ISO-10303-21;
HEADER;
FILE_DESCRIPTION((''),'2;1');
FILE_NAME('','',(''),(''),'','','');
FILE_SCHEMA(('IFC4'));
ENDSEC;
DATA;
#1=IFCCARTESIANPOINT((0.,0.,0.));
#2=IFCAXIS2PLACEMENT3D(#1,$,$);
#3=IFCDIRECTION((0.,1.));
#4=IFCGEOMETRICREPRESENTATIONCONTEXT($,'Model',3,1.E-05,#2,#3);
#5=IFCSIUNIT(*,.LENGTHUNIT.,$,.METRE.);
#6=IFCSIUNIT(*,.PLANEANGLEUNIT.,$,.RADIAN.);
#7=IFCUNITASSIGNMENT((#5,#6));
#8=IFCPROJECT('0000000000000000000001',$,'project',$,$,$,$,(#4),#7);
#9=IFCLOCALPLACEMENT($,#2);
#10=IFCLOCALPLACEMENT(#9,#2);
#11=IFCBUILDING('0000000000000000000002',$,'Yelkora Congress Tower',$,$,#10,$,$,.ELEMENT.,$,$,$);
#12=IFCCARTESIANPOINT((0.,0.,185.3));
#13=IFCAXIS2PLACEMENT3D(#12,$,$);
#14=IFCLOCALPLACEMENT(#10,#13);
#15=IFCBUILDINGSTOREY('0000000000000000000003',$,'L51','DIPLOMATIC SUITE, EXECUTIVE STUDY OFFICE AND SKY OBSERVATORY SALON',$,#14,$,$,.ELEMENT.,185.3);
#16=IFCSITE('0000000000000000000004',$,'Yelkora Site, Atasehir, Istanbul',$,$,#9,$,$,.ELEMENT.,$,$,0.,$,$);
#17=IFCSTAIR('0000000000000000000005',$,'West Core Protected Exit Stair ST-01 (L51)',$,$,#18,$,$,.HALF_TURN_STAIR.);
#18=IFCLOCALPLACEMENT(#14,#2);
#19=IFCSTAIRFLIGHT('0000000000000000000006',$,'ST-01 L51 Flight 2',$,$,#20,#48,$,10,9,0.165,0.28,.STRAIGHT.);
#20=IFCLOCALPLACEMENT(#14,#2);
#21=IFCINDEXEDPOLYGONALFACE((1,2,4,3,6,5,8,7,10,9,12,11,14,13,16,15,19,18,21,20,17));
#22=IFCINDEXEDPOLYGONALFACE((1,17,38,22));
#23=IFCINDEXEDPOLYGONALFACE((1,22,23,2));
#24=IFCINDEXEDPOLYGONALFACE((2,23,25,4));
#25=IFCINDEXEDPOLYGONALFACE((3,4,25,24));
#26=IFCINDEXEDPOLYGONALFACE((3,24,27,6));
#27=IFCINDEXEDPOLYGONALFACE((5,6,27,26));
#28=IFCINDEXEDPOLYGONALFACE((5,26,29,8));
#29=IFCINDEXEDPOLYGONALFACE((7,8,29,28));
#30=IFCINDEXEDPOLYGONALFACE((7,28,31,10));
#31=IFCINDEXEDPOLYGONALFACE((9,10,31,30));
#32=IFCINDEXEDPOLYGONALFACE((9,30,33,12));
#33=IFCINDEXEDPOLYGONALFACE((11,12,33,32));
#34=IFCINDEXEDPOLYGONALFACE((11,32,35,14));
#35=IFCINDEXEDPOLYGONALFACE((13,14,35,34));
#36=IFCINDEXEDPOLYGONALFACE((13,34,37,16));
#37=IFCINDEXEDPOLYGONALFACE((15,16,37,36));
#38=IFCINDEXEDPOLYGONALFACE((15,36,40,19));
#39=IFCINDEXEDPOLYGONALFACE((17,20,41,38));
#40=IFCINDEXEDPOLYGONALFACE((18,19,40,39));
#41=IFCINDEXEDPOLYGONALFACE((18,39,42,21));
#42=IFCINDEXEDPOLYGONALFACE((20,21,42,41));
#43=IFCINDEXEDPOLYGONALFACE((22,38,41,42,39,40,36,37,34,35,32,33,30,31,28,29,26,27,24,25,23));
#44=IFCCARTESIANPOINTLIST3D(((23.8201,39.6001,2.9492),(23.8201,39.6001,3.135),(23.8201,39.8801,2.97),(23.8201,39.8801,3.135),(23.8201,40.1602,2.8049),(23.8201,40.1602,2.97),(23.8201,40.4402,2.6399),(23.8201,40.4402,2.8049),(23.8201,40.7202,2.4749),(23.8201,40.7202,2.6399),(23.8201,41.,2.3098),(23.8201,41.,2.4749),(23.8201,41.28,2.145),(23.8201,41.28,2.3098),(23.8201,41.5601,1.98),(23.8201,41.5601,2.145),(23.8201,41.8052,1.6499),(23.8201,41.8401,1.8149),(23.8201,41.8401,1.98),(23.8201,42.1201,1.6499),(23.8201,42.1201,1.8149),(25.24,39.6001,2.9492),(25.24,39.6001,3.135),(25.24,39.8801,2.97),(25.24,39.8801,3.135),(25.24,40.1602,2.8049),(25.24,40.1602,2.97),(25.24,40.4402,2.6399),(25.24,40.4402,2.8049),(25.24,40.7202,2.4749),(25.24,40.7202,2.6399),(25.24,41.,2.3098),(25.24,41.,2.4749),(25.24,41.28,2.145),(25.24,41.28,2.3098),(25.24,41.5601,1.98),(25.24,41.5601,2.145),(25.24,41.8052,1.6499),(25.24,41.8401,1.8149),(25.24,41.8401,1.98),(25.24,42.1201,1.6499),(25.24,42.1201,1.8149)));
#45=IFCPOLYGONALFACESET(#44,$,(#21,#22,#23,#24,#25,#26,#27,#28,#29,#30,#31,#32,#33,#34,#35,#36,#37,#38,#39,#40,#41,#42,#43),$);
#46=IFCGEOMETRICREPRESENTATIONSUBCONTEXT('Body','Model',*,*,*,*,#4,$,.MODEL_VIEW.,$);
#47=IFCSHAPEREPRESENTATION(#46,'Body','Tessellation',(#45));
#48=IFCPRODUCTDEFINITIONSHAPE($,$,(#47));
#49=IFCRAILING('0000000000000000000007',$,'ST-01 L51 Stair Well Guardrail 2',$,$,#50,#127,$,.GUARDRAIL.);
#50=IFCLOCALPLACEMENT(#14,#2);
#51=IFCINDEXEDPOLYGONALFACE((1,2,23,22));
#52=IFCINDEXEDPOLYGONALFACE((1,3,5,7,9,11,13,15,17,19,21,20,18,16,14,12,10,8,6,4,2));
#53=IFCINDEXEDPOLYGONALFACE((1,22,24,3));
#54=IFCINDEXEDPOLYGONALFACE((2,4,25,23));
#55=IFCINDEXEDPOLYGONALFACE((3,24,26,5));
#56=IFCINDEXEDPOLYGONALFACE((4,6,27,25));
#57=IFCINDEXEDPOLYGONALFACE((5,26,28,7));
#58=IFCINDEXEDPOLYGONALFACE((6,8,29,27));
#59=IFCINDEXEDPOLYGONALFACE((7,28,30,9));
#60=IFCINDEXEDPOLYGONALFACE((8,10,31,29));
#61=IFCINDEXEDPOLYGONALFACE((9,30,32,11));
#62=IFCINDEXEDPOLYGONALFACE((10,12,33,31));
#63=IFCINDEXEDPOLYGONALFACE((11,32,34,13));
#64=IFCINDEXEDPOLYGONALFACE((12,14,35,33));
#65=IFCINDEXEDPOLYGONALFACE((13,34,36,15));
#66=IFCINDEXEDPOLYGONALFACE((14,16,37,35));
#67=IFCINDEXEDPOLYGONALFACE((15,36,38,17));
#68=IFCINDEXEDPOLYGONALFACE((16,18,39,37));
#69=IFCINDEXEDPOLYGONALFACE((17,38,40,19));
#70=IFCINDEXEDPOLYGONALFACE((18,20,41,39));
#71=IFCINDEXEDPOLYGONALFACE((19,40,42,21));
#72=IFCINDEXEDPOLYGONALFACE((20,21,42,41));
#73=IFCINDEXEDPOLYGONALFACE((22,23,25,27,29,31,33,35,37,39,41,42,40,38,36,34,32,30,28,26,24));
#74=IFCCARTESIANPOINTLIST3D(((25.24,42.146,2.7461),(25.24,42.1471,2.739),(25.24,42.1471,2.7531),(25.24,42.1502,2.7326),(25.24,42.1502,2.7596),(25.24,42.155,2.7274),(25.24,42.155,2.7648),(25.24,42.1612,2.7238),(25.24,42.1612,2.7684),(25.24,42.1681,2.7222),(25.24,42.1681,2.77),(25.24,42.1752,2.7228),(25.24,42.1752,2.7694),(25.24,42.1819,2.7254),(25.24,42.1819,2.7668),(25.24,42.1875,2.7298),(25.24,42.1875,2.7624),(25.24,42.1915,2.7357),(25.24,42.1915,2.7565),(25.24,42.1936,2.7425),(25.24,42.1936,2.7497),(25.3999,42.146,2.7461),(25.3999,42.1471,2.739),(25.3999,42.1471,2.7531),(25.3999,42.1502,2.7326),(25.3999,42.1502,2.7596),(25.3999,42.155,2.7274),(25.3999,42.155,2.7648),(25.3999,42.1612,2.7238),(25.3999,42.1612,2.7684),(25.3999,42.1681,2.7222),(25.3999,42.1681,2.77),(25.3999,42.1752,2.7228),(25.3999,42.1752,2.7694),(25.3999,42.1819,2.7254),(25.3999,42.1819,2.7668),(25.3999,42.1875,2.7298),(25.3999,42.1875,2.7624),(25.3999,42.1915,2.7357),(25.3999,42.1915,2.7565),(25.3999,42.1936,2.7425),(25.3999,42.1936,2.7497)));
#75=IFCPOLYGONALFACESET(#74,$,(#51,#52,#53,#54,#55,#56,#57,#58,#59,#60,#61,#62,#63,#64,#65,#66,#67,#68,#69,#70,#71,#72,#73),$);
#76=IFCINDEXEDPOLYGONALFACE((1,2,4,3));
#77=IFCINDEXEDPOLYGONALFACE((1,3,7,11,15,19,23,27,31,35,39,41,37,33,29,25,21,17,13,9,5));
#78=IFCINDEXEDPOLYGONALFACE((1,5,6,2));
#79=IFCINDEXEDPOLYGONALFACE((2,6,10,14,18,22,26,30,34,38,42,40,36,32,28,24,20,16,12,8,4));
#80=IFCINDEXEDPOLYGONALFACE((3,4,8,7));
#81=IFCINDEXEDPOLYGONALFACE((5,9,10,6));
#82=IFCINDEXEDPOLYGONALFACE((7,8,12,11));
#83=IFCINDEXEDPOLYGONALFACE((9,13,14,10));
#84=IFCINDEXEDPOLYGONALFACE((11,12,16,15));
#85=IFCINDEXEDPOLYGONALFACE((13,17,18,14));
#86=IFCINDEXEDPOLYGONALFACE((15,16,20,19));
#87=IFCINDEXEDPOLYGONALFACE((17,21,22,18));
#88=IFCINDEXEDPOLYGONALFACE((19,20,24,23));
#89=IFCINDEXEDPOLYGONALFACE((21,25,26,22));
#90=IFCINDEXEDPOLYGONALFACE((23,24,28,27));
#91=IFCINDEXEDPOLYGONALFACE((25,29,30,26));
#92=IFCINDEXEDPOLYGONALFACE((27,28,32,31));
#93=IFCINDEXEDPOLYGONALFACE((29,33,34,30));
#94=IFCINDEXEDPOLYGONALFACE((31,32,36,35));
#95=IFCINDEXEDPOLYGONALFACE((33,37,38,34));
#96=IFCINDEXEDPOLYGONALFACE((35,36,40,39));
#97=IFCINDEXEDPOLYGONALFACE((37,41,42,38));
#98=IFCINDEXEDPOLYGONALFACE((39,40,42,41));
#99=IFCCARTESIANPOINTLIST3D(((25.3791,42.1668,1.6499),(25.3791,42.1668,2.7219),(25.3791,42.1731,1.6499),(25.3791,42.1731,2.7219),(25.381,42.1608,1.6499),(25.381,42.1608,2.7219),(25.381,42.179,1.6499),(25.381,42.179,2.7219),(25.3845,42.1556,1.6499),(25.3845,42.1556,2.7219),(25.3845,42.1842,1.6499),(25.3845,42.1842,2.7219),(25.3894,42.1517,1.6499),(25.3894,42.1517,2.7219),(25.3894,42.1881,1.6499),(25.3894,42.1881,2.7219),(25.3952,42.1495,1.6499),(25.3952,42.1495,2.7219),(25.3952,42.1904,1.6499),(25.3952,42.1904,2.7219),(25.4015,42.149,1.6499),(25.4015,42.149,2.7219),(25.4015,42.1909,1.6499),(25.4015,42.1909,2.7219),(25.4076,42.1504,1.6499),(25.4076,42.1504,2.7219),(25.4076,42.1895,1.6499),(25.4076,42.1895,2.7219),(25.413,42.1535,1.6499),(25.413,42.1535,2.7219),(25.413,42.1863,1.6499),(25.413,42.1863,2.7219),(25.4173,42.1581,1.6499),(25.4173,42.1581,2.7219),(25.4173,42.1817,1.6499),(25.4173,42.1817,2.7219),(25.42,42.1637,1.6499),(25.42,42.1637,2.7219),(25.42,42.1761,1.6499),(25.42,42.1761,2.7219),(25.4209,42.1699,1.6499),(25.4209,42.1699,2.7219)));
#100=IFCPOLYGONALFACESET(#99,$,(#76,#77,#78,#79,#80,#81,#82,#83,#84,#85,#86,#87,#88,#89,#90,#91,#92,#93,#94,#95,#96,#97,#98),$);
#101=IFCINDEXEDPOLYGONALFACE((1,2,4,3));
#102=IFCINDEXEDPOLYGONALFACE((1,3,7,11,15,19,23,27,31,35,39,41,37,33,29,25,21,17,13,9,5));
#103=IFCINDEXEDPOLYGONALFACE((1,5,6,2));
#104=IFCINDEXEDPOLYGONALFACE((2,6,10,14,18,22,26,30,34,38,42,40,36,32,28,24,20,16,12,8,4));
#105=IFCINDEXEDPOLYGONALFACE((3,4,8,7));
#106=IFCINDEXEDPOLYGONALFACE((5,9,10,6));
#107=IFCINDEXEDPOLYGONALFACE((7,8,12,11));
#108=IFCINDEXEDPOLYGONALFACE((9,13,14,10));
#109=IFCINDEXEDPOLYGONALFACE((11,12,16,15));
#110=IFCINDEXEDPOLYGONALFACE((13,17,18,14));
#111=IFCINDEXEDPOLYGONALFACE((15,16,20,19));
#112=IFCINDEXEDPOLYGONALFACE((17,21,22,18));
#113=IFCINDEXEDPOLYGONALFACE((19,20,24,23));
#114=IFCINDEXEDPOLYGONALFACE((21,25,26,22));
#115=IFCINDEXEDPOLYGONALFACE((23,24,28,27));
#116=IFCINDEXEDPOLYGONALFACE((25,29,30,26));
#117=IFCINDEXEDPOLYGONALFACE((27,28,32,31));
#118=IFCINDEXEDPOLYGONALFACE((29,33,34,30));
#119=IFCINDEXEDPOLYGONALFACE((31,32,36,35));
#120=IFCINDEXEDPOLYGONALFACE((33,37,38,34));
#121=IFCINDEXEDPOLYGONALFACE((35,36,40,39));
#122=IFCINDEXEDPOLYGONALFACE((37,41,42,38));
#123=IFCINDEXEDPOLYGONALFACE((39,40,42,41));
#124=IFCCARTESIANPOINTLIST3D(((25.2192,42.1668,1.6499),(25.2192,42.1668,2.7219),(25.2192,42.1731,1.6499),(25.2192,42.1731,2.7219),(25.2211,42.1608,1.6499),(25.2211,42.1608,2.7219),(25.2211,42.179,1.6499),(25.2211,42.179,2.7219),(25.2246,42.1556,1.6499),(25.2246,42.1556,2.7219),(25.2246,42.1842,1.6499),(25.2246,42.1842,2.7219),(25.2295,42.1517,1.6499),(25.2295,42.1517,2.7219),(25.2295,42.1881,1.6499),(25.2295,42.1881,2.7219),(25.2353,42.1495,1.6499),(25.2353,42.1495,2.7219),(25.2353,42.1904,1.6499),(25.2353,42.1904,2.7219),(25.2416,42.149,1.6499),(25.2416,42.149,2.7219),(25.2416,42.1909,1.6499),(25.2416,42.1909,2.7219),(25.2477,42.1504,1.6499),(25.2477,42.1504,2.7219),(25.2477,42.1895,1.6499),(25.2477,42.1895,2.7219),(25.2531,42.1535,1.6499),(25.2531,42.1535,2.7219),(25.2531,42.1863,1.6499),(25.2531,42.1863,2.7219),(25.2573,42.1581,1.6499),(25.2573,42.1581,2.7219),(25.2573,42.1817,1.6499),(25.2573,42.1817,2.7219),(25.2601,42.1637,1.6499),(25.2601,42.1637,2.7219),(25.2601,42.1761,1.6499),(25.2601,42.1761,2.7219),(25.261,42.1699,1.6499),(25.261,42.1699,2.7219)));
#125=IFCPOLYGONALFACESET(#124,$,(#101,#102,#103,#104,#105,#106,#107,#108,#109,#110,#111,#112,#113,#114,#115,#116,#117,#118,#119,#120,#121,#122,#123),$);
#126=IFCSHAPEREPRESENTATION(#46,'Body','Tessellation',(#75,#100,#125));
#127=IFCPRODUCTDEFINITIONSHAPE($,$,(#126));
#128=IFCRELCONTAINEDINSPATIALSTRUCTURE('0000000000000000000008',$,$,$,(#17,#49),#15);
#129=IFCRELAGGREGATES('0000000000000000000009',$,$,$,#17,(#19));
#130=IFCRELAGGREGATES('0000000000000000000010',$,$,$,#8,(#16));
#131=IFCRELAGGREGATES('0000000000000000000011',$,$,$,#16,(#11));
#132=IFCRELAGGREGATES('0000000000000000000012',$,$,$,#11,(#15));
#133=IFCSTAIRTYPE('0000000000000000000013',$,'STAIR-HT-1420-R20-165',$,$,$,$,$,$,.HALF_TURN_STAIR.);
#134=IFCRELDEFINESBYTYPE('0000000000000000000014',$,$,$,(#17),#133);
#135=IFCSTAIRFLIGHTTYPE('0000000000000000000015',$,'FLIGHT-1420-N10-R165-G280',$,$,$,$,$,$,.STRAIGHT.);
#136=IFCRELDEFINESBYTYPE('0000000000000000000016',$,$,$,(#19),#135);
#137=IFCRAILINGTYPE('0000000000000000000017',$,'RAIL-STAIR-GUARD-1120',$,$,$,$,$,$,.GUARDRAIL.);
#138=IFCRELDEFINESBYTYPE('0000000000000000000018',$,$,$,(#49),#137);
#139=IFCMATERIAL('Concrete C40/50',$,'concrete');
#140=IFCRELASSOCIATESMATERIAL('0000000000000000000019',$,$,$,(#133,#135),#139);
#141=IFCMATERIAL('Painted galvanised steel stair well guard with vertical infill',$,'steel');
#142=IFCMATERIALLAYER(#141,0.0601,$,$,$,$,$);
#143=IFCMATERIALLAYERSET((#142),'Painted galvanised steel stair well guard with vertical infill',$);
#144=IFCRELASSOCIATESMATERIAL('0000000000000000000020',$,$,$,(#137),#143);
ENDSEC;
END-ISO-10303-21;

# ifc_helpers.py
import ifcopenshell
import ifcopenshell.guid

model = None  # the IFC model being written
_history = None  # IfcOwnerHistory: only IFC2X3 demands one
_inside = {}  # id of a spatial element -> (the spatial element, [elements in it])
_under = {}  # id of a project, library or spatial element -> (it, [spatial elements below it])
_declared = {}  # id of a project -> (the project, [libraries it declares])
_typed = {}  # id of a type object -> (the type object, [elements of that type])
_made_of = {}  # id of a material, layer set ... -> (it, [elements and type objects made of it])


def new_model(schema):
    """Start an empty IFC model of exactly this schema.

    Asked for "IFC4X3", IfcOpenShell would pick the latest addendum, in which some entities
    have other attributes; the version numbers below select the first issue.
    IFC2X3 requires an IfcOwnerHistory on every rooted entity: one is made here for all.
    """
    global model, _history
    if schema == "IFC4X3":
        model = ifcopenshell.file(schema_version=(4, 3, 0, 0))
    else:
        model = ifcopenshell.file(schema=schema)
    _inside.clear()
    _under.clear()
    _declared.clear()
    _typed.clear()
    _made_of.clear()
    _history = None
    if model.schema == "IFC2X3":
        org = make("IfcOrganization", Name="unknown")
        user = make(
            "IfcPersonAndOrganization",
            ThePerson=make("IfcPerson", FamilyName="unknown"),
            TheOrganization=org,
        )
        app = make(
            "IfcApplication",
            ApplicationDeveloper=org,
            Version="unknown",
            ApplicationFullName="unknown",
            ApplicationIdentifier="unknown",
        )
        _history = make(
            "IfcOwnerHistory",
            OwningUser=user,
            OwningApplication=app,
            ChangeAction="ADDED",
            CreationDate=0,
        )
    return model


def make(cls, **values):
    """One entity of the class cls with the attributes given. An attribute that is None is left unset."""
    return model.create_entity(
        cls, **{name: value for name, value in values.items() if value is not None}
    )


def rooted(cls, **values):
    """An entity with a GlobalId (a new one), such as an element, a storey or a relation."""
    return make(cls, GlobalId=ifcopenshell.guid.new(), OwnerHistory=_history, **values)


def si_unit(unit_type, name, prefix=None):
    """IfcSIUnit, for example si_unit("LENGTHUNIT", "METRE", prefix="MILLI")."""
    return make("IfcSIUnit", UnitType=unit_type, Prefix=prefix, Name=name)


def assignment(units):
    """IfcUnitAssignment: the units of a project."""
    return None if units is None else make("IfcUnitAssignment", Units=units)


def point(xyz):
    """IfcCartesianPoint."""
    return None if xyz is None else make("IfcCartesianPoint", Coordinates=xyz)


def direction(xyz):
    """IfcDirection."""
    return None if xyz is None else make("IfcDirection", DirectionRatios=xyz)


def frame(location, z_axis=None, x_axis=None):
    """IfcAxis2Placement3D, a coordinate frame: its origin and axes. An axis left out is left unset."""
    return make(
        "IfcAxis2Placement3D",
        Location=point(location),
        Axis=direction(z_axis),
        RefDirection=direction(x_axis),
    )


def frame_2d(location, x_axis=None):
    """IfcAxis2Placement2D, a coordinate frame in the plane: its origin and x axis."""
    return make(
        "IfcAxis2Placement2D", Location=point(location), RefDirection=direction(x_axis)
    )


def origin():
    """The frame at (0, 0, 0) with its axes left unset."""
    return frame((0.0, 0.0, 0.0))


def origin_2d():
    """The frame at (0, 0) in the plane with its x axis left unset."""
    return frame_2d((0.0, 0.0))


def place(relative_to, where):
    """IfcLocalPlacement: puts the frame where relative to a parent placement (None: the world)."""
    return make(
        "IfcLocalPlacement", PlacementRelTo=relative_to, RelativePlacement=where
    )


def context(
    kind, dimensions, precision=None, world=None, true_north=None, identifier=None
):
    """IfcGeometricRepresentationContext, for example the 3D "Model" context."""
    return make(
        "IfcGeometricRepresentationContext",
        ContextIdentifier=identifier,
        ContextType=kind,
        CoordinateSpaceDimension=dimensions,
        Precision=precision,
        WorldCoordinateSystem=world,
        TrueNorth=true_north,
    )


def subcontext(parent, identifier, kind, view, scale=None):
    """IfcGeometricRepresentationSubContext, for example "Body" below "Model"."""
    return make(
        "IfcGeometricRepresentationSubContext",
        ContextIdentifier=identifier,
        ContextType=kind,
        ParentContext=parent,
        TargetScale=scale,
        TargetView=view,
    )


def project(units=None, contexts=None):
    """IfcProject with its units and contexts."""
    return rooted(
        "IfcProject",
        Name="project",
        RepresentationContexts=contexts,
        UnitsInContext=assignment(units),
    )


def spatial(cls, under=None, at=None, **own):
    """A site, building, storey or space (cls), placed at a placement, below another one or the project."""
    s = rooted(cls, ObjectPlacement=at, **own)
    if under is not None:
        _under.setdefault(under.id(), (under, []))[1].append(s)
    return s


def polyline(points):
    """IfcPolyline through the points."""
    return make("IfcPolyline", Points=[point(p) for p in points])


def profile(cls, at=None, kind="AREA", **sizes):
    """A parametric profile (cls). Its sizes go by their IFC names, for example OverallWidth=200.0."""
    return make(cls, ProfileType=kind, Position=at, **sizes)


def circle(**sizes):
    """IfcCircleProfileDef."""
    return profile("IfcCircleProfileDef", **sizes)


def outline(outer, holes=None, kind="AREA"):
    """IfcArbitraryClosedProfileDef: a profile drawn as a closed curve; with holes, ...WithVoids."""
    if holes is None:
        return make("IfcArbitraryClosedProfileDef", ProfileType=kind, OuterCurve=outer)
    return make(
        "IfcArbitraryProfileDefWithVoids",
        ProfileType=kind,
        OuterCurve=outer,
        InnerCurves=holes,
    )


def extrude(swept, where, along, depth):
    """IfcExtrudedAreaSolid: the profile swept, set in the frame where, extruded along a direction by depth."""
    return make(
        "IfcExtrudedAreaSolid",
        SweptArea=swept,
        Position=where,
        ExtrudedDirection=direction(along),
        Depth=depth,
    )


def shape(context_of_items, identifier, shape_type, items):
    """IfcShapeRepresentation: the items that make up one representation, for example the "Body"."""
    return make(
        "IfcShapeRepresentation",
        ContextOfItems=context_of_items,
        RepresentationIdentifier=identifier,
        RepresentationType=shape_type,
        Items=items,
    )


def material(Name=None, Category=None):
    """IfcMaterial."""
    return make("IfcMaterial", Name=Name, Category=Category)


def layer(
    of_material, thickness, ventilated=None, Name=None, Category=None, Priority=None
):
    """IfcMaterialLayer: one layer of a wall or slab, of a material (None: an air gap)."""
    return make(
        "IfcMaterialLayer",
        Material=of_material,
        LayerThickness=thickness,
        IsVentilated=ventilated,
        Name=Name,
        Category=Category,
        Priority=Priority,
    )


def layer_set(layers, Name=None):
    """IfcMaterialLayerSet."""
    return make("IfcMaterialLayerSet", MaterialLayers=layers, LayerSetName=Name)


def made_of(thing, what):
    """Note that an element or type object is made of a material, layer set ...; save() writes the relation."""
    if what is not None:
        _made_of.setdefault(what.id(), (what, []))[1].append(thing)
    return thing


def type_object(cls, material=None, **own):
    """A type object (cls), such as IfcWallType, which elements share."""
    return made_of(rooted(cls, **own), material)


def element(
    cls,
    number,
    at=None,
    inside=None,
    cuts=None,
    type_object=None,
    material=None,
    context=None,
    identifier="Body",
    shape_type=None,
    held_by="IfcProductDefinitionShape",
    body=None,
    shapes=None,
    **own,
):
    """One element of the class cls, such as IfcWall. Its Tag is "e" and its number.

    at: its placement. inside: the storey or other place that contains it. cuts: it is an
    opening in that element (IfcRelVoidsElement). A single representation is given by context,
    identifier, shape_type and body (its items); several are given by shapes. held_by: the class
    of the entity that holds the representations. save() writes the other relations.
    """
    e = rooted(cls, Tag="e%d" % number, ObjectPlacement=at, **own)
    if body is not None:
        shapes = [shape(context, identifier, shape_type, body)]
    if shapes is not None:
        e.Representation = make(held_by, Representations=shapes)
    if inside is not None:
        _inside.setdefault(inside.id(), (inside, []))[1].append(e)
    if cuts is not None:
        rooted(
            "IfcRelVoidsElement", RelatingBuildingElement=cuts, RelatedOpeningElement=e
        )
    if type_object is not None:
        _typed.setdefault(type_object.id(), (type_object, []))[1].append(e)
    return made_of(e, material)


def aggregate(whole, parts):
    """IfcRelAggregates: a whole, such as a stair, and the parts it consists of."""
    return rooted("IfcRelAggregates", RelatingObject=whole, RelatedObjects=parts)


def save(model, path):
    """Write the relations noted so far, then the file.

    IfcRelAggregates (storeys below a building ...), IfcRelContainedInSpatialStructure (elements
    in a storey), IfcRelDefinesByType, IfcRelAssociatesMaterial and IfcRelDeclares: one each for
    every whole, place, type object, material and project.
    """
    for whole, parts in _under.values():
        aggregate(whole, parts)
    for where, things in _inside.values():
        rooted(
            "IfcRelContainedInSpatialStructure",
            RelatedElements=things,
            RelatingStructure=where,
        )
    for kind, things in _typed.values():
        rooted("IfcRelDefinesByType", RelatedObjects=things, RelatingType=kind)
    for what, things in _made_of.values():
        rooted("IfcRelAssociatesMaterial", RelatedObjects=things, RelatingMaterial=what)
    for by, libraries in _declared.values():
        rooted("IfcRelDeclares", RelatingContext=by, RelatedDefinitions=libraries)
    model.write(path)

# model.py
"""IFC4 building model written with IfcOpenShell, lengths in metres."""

from ifc_helpers import new_model, si_unit, direction, frame, origin, origin_2d, place, context, subcontext, project, spatial, polyline, circle, outline, extrude, material, layer, layer_set, type_object, element, aggregate, save


model = new_model("IFC4")

# Units and contexts
model_context = context("Model", 3, precision=1e-05, world=origin(), true_north=direction((0.0, 1.0)))
body_context = subcontext(model_context, "Body", "Model", "MODEL_VIEW")
ifc_project = project(units=[si_unit("LENGTHUNIT", "METRE"), si_unit("PLANEANGLEUNIT", "RADIAN")], contexts=[model_context])

# Site, building, storey
site_placement = place(None, origin())
site = spatial("IfcSite", under=ifc_project, at=site_placement, Name="Yelkora Site, Atasehir, Istanbul", CompositionType="ELEMENT", RefElevation=0.0)
building_placement = place(site_placement, origin())
building = spatial("IfcBuilding", under=site, at=building_placement, Name="Yelkora Congress Tower", CompositionType="ELEMENT")
storey_placement = place(building_placement, frame((0.0, 0.0, 185.3)))
storey = spatial("IfcBuildingStorey", under=building, at=storey_placement, Name="L51", Description="DIPLOMATIC SUITE, EXECUTIVE STUDY OFFICE AND SKY OBSERVATORY SALON", CompositionType="ELEMENT", Elevation=185.3)

# Stair, stair flight
ifc_material_1 = material(Name="Concrete C40/50", Category="concrete")
stair_type = type_object("IfcStairType", Name="STAIR-HT-1420-R20-165", PredefinedType="HALF_TURN_STAIR", material=ifc_material_1)
stair_placement = place(storey_placement, origin())
stair = element("IfcStair", 1, at=stair_placement, inside=storey, type_object=stair_type, Name="West Core Protected Exit Stair ST-01 (L51)", PredefinedType="HALF_TURN_STAIR")
stair_flight_type = type_object("IfcStairFlightType", Name="FLIGHT-1420-N10-R165-G280", PredefinedType="STRAIGHT", material=ifc_material_1)
stair_flight_placement = place(storey_placement, frame((24.53, 42.1201, 1.6499), z_axis=(0.0, 0.0, 1.0), x_axis=(0.0, -1.0, 0.0)))
stair_flight = element("IfcStairFlight", 2, at=stair_flight_placement, type_object=stair_flight_type, Name="ST-01 L51 Flight 2", NumberOfRisers=10, NumberOfTreads=9, PredefinedType="STRAIGHT", RiserHeight=0.165, TreadLength=0.28, context=body_context, shape_type="SweptSolid", body=[
    extrude(outline(polyline([(0.0, 0.0), (0.0, 0.165), (0.28, 0.165), (0.28, 0.3301), (0.5601, 0.3301), (0.5601, 0.4951), (0.8401, 0.4951), (0.8401, 0.6599), (1.1201, 0.6599), (1.1201, 0.825), (1.3999, 0.825), (1.3999, 0.99), (1.6799, 0.99), (1.6799, 1.155), (1.96, 1.155), (1.96, 1.3201), (2.24, 1.3201), (2.24, 1.4851), (2.52, 1.4851), (2.52, 1.6499), (2.52, 1.2993), (0.3149, 0.0), (0.0, 0.0)])), frame((0.0, 0.71, 0.0), z_axis=(0.0, -1.0, 0.0), x_axis=(1.0, 0.0, 0.0)), (0.0, 0.0, 1.0), 1.4199),
])
aggregate(stair, [stair_flight])

# Railing
ifc_material_2 = material(Name="Painted galvanised steel stair well guard with vertical infill", Category="steel")
ifc_layer_1 = layer(ifc_material_2, 0.0601)
ifc_layer_set_1 = layer_set([ifc_layer_1], Name="Painted galvanised steel stair well guard with vertical infill")
railing_type = type_object("IfcRailingType", Name="RAIL-STAIR-GUARD-1120", PredefinedType="GUARDRAIL", material=ifc_layer_set_1)
railing_1_placement = place(storey_placement, frame((25.3999, 42.1699, 1.6499)))
element("IfcRailing", 3, at=railing_1_placement, inside=storey, type_object=railing_type, Name="ST-01 L51 Stair Well Guardrail 2", PredefinedType="GUARDRAIL", context=body_context, shape_type="SweptSolid", body=[
    extrude(circle(Radius=0.0239, at=origin_2d()), frame((0.0, 0.0, 1.0962), z_axis=(-1.0, 0.0, 0.0), x_axis=(0.0, -1.0, 0.0)), (0.0, 0.0, 1.0), 0.1599),
    extrude(circle(Radius=0.021, at=origin_2d()), origin(), (0.0, 0.0, 1.0), 1.072),
    extrude(circle(Radius=0.021, at=origin_2d()), frame((-0.1599, 0.0, 0.0)), (0.0, 0.0, 1.0), 1.072),
])

save(model, "model.ifc")
